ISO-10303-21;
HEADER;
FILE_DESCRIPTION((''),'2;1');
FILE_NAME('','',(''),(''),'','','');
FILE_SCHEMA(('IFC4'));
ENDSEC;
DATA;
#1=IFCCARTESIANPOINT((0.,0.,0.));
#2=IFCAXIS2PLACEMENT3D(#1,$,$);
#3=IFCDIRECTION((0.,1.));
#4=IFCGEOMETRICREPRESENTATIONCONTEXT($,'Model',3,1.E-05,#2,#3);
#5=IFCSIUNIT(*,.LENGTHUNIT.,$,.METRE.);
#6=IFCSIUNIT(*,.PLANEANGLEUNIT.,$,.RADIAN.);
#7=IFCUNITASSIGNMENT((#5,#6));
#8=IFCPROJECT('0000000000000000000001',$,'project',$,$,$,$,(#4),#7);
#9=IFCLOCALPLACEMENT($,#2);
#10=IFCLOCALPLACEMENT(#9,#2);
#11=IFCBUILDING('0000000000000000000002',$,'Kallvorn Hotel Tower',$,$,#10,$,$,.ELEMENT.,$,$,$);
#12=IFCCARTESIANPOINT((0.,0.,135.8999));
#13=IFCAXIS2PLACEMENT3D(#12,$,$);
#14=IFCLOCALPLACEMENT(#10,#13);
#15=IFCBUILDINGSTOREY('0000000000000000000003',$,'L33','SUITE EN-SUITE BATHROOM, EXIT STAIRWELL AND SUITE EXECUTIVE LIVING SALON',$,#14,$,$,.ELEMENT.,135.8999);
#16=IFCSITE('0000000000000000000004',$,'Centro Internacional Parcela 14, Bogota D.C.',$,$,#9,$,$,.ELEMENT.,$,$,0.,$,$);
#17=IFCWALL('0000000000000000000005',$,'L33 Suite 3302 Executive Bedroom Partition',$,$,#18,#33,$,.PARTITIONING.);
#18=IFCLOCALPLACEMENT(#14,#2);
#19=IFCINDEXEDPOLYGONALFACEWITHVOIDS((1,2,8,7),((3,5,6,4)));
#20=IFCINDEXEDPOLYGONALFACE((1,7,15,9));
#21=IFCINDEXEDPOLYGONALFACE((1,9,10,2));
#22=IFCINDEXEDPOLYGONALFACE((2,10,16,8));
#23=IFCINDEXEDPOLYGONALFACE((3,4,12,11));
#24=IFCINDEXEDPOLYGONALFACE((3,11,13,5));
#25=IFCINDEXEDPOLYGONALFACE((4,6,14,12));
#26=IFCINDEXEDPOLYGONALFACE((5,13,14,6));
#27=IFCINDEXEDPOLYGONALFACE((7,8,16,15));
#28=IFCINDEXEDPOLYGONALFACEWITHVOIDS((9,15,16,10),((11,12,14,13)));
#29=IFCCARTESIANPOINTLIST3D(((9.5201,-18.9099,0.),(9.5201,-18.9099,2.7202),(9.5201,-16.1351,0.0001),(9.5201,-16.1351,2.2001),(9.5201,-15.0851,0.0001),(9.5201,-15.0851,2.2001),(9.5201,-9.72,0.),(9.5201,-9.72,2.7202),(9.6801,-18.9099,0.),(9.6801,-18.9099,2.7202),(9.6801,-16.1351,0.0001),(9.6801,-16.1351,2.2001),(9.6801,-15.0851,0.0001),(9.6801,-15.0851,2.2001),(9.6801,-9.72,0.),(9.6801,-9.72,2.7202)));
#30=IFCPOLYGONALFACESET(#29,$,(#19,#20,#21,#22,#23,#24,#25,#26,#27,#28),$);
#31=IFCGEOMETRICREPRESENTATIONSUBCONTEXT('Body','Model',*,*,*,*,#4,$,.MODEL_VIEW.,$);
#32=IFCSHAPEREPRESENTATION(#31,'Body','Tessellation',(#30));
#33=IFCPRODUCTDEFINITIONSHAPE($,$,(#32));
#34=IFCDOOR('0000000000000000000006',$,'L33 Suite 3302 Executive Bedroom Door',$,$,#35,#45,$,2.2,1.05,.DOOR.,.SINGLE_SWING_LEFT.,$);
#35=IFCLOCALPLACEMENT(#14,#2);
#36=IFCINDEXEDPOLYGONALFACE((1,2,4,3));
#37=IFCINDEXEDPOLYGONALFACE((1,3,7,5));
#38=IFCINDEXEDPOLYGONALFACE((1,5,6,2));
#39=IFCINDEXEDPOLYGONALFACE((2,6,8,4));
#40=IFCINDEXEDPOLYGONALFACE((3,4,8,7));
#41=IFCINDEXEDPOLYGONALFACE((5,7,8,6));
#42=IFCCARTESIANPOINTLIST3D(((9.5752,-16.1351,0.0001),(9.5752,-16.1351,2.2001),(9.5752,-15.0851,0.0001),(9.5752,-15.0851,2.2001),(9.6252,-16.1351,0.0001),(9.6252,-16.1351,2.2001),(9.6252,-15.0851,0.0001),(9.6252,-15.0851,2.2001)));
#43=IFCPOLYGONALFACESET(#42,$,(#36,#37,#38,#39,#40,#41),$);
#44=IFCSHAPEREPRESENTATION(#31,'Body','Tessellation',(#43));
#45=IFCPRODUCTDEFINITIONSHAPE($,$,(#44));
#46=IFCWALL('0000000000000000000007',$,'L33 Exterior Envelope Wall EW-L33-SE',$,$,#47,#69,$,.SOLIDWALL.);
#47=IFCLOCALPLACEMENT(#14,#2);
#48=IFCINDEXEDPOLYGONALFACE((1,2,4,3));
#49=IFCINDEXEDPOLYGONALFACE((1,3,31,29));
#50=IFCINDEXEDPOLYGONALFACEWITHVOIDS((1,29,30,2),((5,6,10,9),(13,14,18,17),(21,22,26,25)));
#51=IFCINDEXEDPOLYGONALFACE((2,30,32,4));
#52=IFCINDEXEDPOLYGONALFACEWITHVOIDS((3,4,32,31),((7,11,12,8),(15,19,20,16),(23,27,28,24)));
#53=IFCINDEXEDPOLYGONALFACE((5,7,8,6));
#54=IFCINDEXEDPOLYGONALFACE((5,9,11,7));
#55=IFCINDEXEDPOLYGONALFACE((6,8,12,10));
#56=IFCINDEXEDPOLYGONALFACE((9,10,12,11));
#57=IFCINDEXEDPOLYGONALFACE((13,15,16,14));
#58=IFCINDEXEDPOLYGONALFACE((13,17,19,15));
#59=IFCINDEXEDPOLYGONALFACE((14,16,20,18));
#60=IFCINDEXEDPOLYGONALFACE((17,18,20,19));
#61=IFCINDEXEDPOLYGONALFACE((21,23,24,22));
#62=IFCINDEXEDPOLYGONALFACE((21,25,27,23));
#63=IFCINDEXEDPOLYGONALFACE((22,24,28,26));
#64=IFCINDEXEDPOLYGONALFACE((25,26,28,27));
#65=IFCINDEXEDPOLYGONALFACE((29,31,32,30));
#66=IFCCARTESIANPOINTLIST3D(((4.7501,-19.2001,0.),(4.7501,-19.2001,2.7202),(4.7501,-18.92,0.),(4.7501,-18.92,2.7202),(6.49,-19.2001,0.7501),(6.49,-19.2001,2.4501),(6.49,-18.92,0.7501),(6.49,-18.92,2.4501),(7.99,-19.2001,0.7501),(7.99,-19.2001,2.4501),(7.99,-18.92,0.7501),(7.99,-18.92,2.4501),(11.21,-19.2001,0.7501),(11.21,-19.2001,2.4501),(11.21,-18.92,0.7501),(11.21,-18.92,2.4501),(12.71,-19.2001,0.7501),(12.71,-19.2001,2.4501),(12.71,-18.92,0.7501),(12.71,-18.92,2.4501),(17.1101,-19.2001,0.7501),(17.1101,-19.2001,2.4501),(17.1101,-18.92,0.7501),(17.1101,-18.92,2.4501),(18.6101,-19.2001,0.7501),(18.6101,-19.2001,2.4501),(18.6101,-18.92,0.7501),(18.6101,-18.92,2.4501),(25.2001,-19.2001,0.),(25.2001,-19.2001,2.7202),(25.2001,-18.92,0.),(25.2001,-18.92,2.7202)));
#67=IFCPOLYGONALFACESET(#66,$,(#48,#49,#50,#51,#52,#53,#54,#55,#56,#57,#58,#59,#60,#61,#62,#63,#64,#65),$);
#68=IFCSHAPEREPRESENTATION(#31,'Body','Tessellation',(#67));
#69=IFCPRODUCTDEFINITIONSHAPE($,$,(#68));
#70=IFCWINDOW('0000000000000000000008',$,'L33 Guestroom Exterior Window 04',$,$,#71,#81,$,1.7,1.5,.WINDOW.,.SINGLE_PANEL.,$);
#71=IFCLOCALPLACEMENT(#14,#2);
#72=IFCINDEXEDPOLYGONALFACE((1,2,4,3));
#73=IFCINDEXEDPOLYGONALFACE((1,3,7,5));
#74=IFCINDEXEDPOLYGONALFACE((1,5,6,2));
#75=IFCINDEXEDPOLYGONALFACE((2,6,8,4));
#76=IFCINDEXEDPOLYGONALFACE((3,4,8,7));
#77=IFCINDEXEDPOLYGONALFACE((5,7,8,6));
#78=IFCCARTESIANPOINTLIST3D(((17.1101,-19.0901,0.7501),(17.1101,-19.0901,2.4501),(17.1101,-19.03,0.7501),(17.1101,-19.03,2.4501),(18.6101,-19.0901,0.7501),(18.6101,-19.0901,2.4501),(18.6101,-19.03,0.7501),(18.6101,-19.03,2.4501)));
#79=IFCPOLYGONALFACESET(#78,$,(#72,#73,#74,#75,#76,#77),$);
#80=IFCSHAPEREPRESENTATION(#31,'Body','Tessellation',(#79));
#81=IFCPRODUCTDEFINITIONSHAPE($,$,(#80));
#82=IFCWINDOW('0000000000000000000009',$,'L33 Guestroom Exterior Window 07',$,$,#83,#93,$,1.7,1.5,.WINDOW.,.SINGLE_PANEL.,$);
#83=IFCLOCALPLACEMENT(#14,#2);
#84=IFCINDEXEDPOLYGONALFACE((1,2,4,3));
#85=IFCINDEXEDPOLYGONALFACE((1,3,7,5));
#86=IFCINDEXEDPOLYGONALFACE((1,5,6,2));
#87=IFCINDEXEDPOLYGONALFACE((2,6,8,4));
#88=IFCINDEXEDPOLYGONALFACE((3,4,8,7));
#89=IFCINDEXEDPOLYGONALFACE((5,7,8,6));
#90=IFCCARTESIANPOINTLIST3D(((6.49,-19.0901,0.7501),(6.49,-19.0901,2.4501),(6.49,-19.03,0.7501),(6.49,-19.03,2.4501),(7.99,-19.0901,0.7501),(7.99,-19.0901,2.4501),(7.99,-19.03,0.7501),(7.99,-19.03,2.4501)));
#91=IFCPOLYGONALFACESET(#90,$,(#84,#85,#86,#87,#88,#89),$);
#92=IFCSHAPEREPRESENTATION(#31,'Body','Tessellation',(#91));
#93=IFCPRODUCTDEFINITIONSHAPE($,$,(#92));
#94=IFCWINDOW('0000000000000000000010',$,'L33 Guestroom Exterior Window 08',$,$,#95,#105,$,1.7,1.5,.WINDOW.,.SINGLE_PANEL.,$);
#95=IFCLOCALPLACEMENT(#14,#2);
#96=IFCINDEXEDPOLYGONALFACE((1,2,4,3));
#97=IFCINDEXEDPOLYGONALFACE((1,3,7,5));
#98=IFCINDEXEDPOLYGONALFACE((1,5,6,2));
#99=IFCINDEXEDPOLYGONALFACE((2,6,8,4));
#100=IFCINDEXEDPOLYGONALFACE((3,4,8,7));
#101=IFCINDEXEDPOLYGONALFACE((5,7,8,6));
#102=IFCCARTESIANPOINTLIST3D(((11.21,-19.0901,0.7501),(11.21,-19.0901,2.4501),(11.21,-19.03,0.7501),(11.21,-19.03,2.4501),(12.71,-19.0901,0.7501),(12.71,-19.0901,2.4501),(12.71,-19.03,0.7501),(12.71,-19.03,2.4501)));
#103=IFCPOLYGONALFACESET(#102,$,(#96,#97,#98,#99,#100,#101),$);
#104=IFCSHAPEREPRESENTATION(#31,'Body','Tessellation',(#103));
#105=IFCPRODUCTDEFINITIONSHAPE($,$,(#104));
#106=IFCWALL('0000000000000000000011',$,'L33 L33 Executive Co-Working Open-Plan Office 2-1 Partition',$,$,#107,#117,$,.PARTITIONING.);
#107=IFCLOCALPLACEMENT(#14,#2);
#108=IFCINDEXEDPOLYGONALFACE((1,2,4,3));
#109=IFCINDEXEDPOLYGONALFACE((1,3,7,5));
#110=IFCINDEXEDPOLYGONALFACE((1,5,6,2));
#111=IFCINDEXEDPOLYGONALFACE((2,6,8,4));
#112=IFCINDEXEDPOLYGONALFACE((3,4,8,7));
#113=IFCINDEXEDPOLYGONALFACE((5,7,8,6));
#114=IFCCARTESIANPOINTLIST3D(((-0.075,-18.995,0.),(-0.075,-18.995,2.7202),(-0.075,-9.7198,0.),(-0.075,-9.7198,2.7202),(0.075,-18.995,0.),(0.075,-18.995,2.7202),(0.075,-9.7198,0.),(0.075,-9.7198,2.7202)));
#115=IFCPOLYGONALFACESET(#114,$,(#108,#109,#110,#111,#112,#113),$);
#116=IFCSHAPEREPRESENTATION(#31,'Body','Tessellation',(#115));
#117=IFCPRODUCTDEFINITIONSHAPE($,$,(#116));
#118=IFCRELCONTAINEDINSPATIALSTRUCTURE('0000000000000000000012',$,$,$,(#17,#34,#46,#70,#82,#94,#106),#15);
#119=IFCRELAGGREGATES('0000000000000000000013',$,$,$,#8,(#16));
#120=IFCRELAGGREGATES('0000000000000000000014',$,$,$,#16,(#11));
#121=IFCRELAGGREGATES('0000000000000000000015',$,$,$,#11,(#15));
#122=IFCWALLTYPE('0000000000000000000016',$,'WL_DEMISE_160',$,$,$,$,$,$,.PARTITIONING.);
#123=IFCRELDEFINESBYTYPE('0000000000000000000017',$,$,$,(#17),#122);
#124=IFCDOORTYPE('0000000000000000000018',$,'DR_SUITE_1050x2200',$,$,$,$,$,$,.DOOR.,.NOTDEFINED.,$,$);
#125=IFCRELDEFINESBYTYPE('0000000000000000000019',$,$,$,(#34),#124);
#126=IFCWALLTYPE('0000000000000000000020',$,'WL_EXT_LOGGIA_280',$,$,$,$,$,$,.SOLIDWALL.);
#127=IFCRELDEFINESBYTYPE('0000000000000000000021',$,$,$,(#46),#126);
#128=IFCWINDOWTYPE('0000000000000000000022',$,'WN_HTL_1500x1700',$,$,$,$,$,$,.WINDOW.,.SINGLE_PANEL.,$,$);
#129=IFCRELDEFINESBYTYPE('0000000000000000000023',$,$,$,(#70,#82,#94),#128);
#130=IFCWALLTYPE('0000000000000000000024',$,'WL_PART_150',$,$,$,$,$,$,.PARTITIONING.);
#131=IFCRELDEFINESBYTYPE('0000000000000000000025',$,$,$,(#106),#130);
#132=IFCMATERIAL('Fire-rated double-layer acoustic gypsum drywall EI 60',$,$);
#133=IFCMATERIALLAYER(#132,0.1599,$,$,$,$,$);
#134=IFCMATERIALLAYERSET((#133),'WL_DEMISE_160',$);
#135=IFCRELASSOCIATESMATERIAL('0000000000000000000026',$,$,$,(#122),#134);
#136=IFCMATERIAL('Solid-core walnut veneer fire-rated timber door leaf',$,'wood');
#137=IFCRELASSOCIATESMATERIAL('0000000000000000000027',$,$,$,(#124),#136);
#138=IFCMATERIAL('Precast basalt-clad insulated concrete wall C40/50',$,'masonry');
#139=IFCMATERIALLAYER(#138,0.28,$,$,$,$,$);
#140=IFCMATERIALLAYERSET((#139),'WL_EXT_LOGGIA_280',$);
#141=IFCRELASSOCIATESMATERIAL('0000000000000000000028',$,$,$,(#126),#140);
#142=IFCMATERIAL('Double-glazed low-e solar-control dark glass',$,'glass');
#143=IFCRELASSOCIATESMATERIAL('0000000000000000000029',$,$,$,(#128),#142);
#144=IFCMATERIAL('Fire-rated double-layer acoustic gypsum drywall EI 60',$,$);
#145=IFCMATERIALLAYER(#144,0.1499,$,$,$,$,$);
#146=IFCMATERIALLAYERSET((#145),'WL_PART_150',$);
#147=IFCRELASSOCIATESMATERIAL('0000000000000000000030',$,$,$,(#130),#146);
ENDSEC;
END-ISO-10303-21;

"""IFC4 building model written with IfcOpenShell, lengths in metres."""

from ifc_helpers import new_model, si_unit, direction, frame, frame_2d, origin, place, context, subcontext, project, spatial, rectangle, extrude, material, layer, layer_set, type_object, element, fill, save


model = new_model("IFC4")

# Units and contexts
model_context = context("Model", 3, precision=1e-05, world=origin(), true_north=direction((0.0, 1.0)))
body_context = subcontext(model_context, "Body", "Model", "MODEL_VIEW")
ifc_project = project(units=[si_unit("LENGTHUNIT", "METRE"), si_unit("PLANEANGLEUNIT", "RADIAN")], contexts=[model_context])

# Site, building, storey
site_placement = place(None, origin())
site = spatial("IfcSite", under=ifc_project, at=site_placement, Name="Centro Internacional Parcela 14, Bogota D.C.", CompositionType="ELEMENT", RefElevation=0.0)
building_placement = place(site_placement, origin())
building = spatial("IfcBuilding", under=site, at=building_placement, Name="Kallvorn Hotel Tower", CompositionType="ELEMENT")
storey_placement = place(building_placement, frame((0.0, 0.0, 135.8999)))
storey = spatial("IfcBuildingStorey", under=building, at=storey_placement, Name="L33", Description="SUITE EN-SUITE BATHROOM, EXIT STAIRWELL AND SUITE EXECUTIVE LIVING SALON", CompositionType="ELEMENT", Elevation=135.8999)

# Shared definitions
ifc_material_1 = material(Name="Fire-rated double-layer acoustic gypsum drywall EI 60")
ifc_layer_1 = layer(ifc_material_1, 0.1599)
ifc_layer_set_1 = layer_set([ifc_layer_1], Name="WL_DEMISE_160")
wall_type_1 = type_object("IfcWallType", Name="WL_DEMISE_160", PredefinedType="PARTITIONING", material=ifc_layer_set_1)

# Wall, opening, door
wall_1_placement = place(storey_placement, frame((9.6001, -18.9099, 0.0), z_axis=(0.0, 0.0, 1.0), x_axis=(0.0, 1.0, 0.0)))
wall_1 = element("IfcWall", 1, at=wall_1_placement, inside=storey, type_object=wall_type_1, Name="L33 Suite 3302 Executive Bedroom Partition", PredefinedType="PARTITIONING", context=body_context, shape_type="SweptSolid", body=[
    extrude(rectangle(XDim=9.1899, YDim=0.1599, at=frame_2d((4.595, 0.0))), origin(), (0.0, 0.0, 1.0), 2.7202),
])
opening_1_placement = place(wall_1_placement, frame((2.7749, 0.0, 0.0)))
opening_1 = element("IfcOpeningElement", 2, at=opening_1_placement, cuts=wall_1, PredefinedType="OPENING", context=body_context, shape_type="SweptSolid", body=[
    extrude(rectangle(XDim=1.05, YDim=2.2, at=frame_2d((0.5249, 1.1001))), frame((0.0, 0.095, 0.0), z_axis=(0.0, -1.0, 0.0), x_axis=(1.0, 0.0, 0.0)), (0.0, 0.0, 1.0), 0.1899),
])
ifc_material_2 = material(Name="Solid-core walnut veneer fire-rated timber door leaf", Category="wood")
door_type_1 = type_object("IfcDoorType", Name="DR_SUITE_1050x2200", OperationType="NOTDEFINED", PredefinedType="DOOR", material=ifc_material_2)
door_1_placement = place(opening_1_placement, origin())
door_1 = element("IfcDoor", 3, at=door_1_placement, inside=storey, type_object=door_type_1, Name="L33 Suite 3302 Executive Bedroom Door", OperationType="SINGLE_SWING_LEFT", OverallHeight=2.2, OverallWidth=1.05, PredefinedType="DOOR", context=body_context, shape_type="SweptSolid", body=[
    extrude(rectangle(XDim=1.05, YDim=2.2, at=frame_2d((0.5249, 1.1001))), frame((0.0, 0.0249, 0.0), z_axis=(0.0, -1.0, 0.0), x_axis=(1.0, 0.0, 0.0)), (0.0, 0.0, 1.0), 0.05),
])
fill(opening_1, door_1)

# Wall, openings, windows
ifc_material_3 = material(Name="Precast basalt-clad insulated concrete wall C40/50", Category="masonry")
ifc_layer_2 = layer(ifc_material_3, 0.28)
ifc_layer_set_2 = layer_set([ifc_layer_2], Name="WL_EXT_LOGGIA_280")
wall_type_2 = type_object("IfcWallType", Name="WL_EXT_LOGGIA_280", PredefinedType="SOLIDWALL", material=ifc_layer_set_2)
wall_2_placement = place(storey_placement, frame((4.75, -19.0601, 0.0), z_axis=(0.0, 0.0, 1.0), x_axis=(1.0, 0.0, 0.0)))
wall_2 = element("IfcWall", 4, at=wall_2_placement, inside=storey, type_object=wall_type_2, Name="L33 Exterior Envelope Wall EW-L33-SE", PredefinedType="SOLIDWALL", context=body_context, shape_type="SweptSolid", body=[
    extrude(rectangle(XDim=20.45, YDim=0.28, at=frame_2d((10.2251, 0.0))), origin(), (0.0, 0.0, 1.0), 2.7202),
])
opening_2_placement = place(wall_2_placement, frame((12.3601, 0.0, 0.75)))
opening_2 = element("IfcOpeningElement", 5, at=opening_2_placement, cuts=wall_2, PredefinedType="OPENING", context=body_context, shape_type="SweptSolid", body=[
    extrude(rectangle(XDim=1.5, YDim=1.7, at=frame_2d((0.75, 0.8501))), frame((0.0, 0.155, 0.0), z_axis=(0.0, -1.0, 0.0), x_axis=(1.0, 0.0, 0.0)), (0.0, 0.0, 1.0), 0.3101),
])
opening_3_placement = place(wall_2_placement, frame((1.74, 0.0, 0.75)))
opening_3 = element("IfcOpeningElement", 6, at=opening_3_placement, cuts=wall_2, PredefinedType="OPENING", context=body_context, shape_type="SweptSolid", body=[
    extrude(rectangle(XDim=1.5, YDim=1.7, at=frame_2d((0.75, 0.8501))), frame((0.0, 0.155, 0.0), z_axis=(0.0, -1.0, 0.0), x_axis=(1.0, 0.0, 0.0)), (0.0, 0.0, 1.0), 0.3101),
])
opening_4_placement = place(wall_2_placement, frame((6.46, 0.0, 0.75)))
opening_4 = element("IfcOpeningElement", 7, at=opening_4_placement, cuts=wall_2, PredefinedType="OPENING", context=body_context, shape_type="SweptSolid", body=[
    extrude(rectangle(XDim=1.5, YDim=1.7, at=frame_2d((0.75, 0.8501))), frame((0.0, 0.155, 0.0), z_axis=(0.0, -1.0, 0.0), x_axis=(1.0, 0.0, 0.0)), (0.0, 0.0, 1.0), 0.3101),
])
ifc_material_4 = material(Name="Double-glazed low-e solar-control dark glass", Category="glass")
window_type = type_object("IfcWindowType", Name="WN_HTL_1500x1700", PartitioningType="SINGLE_PANEL", PredefinedType="WINDOW", material=ifc_material_4)
window_1_placement = place(opening_2_placement, origin())
window_1 = element("IfcWindow", 8, at=window_1_placement, inside=storey, type_object=window_type, Name="L33 Guestroom Exterior Window 04", OverallHeight=1.7, OverallWidth=1.5, PartitioningType="SINGLE_PANEL", PredefinedType="WINDOW", context=body_context, shape_type="SweptSolid", body=[
    extrude(rectangle(XDim=1.5, YDim=1.7, at=frame_2d((0.75, 0.8501))), frame((0.0, 0.03, 0.0), z_axis=(0.0, -1.0, 0.0), x_axis=(1.0, 0.0, 0.0)), (0.0, 0.0, 1.0), 0.0601),
])
fill(opening_2, window_1)
window_2_placement = place(opening_3_placement, origin())
window_2 = element("IfcWindow", 9, at=window_2_placement, inside=storey, type_object=window_type, Name="L33 Guestroom Exterior Window 07", OverallHeight=1.7, OverallWidth=1.5, PartitioningType="SINGLE_PANEL", PredefinedType="WINDOW", context=body_context, shape_type="SweptSolid", body=[
    extrude(rectangle(XDim=1.5, YDim=1.7, at=frame_2d((0.75, 0.8501))), frame((0.0, 0.03, 0.0), z_axis=(0.0, -1.0, 0.0), x_axis=(1.0, 0.0, 0.0)), (0.0, 0.0, 1.0), 0.0601),
])
fill(opening_3, window_2)
window_3_placement = place(opening_4_placement, origin())
window_3 = element("IfcWindow", 10, at=window_3_placement, inside=storey, type_object=window_type, Name="L33 Guestroom Exterior Window 08", OverallHeight=1.7, OverallWidth=1.5, PartitioningType="SINGLE_PANEL", PredefinedType="WINDOW", context=body_context, shape_type="SweptSolid", body=[
    extrude(rectangle(XDim=1.5, YDim=1.7, at=frame_2d((0.75, 0.8501))), frame((0.0, 0.03, 0.0), z_axis=(0.0, -1.0, 0.0), x_axis=(1.0, 0.0, 0.0)), (0.0, 0.0, 1.0), 0.0601),
])
fill(opening_4, window_3)

# Wall
ifc_material_5 = material(Name="Fire-rated double-layer acoustic gypsum drywall EI 60")
ifc_layer_3 = layer(ifc_material_5, 0.1499)
ifc_layer_set_3 = layer_set([ifc_layer_3], Name="WL_PART_150")
wall_type_3 = type_object("IfcWallType", Name="WL_PART_150", PredefinedType="PARTITIONING", material=ifc_layer_set_3)
wall_3_placement = place(storey_placement, frame((0.0, -18.9951, 0.0), z_axis=(0.0, 0.0, 1.0), x_axis=(0.0, 1.0, 0.0)))
element("IfcWall", 11, at=wall_3_placement, inside=storey, type_object=wall_type_3, Name="L33 L33 Executive Co-Working Open-Plan Office 2-1 Partition", PredefinedType="PARTITIONING", context=body_context, shape_type="SweptSolid", body=[
    extrude(rectangle(XDim=9.2751, YDim=0.1499, at=frame_2d((4.6377, 0.0))), origin(), (0.0, 0.0, 1.0), 2.7202),
])

save(model, "model.ifc")
